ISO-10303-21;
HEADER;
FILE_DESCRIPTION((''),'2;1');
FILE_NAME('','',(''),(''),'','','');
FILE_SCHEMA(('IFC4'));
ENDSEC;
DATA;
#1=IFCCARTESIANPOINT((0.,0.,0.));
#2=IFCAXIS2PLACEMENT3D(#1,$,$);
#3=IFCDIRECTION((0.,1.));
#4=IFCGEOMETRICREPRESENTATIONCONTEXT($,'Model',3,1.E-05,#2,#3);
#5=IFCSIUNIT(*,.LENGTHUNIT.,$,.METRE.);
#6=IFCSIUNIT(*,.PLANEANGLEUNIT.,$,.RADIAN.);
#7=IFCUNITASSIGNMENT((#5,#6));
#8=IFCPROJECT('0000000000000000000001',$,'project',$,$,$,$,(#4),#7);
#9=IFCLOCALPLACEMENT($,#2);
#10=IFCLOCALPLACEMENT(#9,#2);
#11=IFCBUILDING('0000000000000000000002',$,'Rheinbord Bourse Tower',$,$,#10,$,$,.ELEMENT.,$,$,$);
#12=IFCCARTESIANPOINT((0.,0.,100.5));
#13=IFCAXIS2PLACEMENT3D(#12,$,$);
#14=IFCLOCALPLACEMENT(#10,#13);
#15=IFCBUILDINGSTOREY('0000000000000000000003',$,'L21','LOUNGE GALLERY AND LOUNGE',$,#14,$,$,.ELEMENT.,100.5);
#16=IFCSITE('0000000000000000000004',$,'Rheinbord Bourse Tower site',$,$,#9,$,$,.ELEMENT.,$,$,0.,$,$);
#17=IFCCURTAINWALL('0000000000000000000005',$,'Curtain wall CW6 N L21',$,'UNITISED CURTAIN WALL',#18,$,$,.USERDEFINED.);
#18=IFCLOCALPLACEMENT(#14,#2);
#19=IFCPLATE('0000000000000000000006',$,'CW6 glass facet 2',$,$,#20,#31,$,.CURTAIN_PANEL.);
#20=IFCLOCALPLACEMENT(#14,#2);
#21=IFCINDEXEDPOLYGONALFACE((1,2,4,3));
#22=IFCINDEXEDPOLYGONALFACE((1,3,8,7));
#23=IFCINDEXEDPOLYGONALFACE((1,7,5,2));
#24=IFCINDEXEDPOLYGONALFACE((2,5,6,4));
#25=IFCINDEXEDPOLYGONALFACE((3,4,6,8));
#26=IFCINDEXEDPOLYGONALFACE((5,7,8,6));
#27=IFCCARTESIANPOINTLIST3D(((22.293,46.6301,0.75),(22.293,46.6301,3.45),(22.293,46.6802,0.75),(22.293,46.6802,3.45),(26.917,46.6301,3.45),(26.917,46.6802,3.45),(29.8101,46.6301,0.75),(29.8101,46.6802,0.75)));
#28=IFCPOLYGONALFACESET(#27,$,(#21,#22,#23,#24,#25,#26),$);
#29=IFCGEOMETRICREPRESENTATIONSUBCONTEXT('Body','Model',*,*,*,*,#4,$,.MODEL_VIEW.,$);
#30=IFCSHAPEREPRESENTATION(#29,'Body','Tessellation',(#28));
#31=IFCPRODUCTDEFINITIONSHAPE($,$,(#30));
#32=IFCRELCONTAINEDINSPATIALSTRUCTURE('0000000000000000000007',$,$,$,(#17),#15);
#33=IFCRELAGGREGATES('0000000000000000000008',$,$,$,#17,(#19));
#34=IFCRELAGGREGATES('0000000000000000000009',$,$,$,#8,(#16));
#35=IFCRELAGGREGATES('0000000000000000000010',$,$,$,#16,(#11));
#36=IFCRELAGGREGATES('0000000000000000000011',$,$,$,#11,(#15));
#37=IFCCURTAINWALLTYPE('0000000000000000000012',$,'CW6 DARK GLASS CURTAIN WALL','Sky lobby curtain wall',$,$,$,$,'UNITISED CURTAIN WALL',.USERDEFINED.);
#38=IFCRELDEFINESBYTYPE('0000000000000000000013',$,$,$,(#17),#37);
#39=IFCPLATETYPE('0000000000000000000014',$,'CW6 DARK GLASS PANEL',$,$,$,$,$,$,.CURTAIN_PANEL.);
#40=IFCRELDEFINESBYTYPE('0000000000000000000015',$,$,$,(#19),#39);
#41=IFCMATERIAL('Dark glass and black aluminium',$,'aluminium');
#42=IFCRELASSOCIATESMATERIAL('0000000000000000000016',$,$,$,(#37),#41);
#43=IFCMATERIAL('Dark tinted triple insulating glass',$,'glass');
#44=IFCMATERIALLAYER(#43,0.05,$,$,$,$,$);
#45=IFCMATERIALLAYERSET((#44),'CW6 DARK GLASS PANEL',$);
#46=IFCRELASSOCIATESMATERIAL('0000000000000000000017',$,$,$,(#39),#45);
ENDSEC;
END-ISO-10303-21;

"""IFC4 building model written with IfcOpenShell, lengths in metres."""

from ifc_helpers import new_model, si_unit, direction, frame, origin, place, context, subcontext, project, spatial, polyline, outline, extrude, material, layer, layer_set, type_object, element, aggregate, save


model = new_model("IFC4")

# Units and contexts
model_context = context("Model", 3, precision=1e-05, world=origin(), true_north=direction((0.0, 1.0)))
body_context = subcontext(model_context, "Body", "Model", "MODEL_VIEW")
ifc_project = project(units=[si_unit("LENGTHUNIT", "METRE"), si_unit("PLANEANGLEUNIT", "RADIAN")], contexts=[model_context])

# Site, building, storey
site_placement = place(None, origin())
site = spatial("IfcSite", under=ifc_project, at=site_placement, Name="Rheinbord Bourse Tower site", CompositionType="ELEMENT", RefElevation=0.0)
building_placement = place(site_placement, origin())
building = spatial("IfcBuilding", under=site, at=building_placement, Name="Rheinbord Bourse Tower", CompositionType="ELEMENT")
storey_placement = place(building_placement, frame((0.0, 0.0, 100.5)))
storey = spatial("IfcBuildingStorey", under=building, at=storey_placement, Name="L21", Description="LOUNGE GALLERY AND LOUNGE", CompositionType="ELEMENT", Elevation=100.5)

# Curtain wall
ifc_material_1 = material(Name="Dark glass and black aluminium", Category="aluminium")
curtain_wall_type = type_object("IfcCurtainWallType", Name="CW6 DARK GLASS CURTAIN WALL", Description="Sky lobby curtain wall", ElementType="UNITISED CURTAIN WALL", PredefinedType="USERDEFINED", material=ifc_material_1)
curtain_wall_placement = place(storey_placement, origin())
curtain_wall = element("IfcCurtainWall", 1, at=curtain_wall_placement, inside=storey, type_object=curtain_wall_type, Name="Curtain wall CW6 N L21", ObjectType="UNITISED CURTAIN WALL", PredefinedType="USERDEFINED")

# Plate
ifc_material_2 = material(Name="Dark tinted triple insulating glass", Category="glass")
ifc_layer = layer(ifc_material_2, 0.05)
ifc_layer_set = layer_set([ifc_layer], Name="CW6 DARK GLASS PANEL")
plate_type = type_object("IfcPlateType", Name="CW6 DARK GLASS PANEL", PredefinedType="CURTAIN_PANEL", material=ifc_layer_set)
plate_1_placement = place(storey_placement, frame((22.293, 46.6802, 3.45), z_axis=(0.0, -1.0, 0.0), x_axis=(0.0, 0.0, -1.0)))
plate_1 = element("IfcPlate", 2, at=plate_1_placement, type_object=plate_type, Name="CW6 glass facet 2", PredefinedType="CURTAIN_PANEL", context=body_context, shape_type="SweptSolid", body=[
    extrude(outline(polyline([(0.0, 0.0), (2.7, 0.0), (2.7, 7.5171), (0.0, 4.624), (0.0, 0.0)])), origin(), (0.0, 0.0, 1.0), 0.05),
])
aggregate(curtain_wall, [plate_1])

save(model, "model.ifc")
